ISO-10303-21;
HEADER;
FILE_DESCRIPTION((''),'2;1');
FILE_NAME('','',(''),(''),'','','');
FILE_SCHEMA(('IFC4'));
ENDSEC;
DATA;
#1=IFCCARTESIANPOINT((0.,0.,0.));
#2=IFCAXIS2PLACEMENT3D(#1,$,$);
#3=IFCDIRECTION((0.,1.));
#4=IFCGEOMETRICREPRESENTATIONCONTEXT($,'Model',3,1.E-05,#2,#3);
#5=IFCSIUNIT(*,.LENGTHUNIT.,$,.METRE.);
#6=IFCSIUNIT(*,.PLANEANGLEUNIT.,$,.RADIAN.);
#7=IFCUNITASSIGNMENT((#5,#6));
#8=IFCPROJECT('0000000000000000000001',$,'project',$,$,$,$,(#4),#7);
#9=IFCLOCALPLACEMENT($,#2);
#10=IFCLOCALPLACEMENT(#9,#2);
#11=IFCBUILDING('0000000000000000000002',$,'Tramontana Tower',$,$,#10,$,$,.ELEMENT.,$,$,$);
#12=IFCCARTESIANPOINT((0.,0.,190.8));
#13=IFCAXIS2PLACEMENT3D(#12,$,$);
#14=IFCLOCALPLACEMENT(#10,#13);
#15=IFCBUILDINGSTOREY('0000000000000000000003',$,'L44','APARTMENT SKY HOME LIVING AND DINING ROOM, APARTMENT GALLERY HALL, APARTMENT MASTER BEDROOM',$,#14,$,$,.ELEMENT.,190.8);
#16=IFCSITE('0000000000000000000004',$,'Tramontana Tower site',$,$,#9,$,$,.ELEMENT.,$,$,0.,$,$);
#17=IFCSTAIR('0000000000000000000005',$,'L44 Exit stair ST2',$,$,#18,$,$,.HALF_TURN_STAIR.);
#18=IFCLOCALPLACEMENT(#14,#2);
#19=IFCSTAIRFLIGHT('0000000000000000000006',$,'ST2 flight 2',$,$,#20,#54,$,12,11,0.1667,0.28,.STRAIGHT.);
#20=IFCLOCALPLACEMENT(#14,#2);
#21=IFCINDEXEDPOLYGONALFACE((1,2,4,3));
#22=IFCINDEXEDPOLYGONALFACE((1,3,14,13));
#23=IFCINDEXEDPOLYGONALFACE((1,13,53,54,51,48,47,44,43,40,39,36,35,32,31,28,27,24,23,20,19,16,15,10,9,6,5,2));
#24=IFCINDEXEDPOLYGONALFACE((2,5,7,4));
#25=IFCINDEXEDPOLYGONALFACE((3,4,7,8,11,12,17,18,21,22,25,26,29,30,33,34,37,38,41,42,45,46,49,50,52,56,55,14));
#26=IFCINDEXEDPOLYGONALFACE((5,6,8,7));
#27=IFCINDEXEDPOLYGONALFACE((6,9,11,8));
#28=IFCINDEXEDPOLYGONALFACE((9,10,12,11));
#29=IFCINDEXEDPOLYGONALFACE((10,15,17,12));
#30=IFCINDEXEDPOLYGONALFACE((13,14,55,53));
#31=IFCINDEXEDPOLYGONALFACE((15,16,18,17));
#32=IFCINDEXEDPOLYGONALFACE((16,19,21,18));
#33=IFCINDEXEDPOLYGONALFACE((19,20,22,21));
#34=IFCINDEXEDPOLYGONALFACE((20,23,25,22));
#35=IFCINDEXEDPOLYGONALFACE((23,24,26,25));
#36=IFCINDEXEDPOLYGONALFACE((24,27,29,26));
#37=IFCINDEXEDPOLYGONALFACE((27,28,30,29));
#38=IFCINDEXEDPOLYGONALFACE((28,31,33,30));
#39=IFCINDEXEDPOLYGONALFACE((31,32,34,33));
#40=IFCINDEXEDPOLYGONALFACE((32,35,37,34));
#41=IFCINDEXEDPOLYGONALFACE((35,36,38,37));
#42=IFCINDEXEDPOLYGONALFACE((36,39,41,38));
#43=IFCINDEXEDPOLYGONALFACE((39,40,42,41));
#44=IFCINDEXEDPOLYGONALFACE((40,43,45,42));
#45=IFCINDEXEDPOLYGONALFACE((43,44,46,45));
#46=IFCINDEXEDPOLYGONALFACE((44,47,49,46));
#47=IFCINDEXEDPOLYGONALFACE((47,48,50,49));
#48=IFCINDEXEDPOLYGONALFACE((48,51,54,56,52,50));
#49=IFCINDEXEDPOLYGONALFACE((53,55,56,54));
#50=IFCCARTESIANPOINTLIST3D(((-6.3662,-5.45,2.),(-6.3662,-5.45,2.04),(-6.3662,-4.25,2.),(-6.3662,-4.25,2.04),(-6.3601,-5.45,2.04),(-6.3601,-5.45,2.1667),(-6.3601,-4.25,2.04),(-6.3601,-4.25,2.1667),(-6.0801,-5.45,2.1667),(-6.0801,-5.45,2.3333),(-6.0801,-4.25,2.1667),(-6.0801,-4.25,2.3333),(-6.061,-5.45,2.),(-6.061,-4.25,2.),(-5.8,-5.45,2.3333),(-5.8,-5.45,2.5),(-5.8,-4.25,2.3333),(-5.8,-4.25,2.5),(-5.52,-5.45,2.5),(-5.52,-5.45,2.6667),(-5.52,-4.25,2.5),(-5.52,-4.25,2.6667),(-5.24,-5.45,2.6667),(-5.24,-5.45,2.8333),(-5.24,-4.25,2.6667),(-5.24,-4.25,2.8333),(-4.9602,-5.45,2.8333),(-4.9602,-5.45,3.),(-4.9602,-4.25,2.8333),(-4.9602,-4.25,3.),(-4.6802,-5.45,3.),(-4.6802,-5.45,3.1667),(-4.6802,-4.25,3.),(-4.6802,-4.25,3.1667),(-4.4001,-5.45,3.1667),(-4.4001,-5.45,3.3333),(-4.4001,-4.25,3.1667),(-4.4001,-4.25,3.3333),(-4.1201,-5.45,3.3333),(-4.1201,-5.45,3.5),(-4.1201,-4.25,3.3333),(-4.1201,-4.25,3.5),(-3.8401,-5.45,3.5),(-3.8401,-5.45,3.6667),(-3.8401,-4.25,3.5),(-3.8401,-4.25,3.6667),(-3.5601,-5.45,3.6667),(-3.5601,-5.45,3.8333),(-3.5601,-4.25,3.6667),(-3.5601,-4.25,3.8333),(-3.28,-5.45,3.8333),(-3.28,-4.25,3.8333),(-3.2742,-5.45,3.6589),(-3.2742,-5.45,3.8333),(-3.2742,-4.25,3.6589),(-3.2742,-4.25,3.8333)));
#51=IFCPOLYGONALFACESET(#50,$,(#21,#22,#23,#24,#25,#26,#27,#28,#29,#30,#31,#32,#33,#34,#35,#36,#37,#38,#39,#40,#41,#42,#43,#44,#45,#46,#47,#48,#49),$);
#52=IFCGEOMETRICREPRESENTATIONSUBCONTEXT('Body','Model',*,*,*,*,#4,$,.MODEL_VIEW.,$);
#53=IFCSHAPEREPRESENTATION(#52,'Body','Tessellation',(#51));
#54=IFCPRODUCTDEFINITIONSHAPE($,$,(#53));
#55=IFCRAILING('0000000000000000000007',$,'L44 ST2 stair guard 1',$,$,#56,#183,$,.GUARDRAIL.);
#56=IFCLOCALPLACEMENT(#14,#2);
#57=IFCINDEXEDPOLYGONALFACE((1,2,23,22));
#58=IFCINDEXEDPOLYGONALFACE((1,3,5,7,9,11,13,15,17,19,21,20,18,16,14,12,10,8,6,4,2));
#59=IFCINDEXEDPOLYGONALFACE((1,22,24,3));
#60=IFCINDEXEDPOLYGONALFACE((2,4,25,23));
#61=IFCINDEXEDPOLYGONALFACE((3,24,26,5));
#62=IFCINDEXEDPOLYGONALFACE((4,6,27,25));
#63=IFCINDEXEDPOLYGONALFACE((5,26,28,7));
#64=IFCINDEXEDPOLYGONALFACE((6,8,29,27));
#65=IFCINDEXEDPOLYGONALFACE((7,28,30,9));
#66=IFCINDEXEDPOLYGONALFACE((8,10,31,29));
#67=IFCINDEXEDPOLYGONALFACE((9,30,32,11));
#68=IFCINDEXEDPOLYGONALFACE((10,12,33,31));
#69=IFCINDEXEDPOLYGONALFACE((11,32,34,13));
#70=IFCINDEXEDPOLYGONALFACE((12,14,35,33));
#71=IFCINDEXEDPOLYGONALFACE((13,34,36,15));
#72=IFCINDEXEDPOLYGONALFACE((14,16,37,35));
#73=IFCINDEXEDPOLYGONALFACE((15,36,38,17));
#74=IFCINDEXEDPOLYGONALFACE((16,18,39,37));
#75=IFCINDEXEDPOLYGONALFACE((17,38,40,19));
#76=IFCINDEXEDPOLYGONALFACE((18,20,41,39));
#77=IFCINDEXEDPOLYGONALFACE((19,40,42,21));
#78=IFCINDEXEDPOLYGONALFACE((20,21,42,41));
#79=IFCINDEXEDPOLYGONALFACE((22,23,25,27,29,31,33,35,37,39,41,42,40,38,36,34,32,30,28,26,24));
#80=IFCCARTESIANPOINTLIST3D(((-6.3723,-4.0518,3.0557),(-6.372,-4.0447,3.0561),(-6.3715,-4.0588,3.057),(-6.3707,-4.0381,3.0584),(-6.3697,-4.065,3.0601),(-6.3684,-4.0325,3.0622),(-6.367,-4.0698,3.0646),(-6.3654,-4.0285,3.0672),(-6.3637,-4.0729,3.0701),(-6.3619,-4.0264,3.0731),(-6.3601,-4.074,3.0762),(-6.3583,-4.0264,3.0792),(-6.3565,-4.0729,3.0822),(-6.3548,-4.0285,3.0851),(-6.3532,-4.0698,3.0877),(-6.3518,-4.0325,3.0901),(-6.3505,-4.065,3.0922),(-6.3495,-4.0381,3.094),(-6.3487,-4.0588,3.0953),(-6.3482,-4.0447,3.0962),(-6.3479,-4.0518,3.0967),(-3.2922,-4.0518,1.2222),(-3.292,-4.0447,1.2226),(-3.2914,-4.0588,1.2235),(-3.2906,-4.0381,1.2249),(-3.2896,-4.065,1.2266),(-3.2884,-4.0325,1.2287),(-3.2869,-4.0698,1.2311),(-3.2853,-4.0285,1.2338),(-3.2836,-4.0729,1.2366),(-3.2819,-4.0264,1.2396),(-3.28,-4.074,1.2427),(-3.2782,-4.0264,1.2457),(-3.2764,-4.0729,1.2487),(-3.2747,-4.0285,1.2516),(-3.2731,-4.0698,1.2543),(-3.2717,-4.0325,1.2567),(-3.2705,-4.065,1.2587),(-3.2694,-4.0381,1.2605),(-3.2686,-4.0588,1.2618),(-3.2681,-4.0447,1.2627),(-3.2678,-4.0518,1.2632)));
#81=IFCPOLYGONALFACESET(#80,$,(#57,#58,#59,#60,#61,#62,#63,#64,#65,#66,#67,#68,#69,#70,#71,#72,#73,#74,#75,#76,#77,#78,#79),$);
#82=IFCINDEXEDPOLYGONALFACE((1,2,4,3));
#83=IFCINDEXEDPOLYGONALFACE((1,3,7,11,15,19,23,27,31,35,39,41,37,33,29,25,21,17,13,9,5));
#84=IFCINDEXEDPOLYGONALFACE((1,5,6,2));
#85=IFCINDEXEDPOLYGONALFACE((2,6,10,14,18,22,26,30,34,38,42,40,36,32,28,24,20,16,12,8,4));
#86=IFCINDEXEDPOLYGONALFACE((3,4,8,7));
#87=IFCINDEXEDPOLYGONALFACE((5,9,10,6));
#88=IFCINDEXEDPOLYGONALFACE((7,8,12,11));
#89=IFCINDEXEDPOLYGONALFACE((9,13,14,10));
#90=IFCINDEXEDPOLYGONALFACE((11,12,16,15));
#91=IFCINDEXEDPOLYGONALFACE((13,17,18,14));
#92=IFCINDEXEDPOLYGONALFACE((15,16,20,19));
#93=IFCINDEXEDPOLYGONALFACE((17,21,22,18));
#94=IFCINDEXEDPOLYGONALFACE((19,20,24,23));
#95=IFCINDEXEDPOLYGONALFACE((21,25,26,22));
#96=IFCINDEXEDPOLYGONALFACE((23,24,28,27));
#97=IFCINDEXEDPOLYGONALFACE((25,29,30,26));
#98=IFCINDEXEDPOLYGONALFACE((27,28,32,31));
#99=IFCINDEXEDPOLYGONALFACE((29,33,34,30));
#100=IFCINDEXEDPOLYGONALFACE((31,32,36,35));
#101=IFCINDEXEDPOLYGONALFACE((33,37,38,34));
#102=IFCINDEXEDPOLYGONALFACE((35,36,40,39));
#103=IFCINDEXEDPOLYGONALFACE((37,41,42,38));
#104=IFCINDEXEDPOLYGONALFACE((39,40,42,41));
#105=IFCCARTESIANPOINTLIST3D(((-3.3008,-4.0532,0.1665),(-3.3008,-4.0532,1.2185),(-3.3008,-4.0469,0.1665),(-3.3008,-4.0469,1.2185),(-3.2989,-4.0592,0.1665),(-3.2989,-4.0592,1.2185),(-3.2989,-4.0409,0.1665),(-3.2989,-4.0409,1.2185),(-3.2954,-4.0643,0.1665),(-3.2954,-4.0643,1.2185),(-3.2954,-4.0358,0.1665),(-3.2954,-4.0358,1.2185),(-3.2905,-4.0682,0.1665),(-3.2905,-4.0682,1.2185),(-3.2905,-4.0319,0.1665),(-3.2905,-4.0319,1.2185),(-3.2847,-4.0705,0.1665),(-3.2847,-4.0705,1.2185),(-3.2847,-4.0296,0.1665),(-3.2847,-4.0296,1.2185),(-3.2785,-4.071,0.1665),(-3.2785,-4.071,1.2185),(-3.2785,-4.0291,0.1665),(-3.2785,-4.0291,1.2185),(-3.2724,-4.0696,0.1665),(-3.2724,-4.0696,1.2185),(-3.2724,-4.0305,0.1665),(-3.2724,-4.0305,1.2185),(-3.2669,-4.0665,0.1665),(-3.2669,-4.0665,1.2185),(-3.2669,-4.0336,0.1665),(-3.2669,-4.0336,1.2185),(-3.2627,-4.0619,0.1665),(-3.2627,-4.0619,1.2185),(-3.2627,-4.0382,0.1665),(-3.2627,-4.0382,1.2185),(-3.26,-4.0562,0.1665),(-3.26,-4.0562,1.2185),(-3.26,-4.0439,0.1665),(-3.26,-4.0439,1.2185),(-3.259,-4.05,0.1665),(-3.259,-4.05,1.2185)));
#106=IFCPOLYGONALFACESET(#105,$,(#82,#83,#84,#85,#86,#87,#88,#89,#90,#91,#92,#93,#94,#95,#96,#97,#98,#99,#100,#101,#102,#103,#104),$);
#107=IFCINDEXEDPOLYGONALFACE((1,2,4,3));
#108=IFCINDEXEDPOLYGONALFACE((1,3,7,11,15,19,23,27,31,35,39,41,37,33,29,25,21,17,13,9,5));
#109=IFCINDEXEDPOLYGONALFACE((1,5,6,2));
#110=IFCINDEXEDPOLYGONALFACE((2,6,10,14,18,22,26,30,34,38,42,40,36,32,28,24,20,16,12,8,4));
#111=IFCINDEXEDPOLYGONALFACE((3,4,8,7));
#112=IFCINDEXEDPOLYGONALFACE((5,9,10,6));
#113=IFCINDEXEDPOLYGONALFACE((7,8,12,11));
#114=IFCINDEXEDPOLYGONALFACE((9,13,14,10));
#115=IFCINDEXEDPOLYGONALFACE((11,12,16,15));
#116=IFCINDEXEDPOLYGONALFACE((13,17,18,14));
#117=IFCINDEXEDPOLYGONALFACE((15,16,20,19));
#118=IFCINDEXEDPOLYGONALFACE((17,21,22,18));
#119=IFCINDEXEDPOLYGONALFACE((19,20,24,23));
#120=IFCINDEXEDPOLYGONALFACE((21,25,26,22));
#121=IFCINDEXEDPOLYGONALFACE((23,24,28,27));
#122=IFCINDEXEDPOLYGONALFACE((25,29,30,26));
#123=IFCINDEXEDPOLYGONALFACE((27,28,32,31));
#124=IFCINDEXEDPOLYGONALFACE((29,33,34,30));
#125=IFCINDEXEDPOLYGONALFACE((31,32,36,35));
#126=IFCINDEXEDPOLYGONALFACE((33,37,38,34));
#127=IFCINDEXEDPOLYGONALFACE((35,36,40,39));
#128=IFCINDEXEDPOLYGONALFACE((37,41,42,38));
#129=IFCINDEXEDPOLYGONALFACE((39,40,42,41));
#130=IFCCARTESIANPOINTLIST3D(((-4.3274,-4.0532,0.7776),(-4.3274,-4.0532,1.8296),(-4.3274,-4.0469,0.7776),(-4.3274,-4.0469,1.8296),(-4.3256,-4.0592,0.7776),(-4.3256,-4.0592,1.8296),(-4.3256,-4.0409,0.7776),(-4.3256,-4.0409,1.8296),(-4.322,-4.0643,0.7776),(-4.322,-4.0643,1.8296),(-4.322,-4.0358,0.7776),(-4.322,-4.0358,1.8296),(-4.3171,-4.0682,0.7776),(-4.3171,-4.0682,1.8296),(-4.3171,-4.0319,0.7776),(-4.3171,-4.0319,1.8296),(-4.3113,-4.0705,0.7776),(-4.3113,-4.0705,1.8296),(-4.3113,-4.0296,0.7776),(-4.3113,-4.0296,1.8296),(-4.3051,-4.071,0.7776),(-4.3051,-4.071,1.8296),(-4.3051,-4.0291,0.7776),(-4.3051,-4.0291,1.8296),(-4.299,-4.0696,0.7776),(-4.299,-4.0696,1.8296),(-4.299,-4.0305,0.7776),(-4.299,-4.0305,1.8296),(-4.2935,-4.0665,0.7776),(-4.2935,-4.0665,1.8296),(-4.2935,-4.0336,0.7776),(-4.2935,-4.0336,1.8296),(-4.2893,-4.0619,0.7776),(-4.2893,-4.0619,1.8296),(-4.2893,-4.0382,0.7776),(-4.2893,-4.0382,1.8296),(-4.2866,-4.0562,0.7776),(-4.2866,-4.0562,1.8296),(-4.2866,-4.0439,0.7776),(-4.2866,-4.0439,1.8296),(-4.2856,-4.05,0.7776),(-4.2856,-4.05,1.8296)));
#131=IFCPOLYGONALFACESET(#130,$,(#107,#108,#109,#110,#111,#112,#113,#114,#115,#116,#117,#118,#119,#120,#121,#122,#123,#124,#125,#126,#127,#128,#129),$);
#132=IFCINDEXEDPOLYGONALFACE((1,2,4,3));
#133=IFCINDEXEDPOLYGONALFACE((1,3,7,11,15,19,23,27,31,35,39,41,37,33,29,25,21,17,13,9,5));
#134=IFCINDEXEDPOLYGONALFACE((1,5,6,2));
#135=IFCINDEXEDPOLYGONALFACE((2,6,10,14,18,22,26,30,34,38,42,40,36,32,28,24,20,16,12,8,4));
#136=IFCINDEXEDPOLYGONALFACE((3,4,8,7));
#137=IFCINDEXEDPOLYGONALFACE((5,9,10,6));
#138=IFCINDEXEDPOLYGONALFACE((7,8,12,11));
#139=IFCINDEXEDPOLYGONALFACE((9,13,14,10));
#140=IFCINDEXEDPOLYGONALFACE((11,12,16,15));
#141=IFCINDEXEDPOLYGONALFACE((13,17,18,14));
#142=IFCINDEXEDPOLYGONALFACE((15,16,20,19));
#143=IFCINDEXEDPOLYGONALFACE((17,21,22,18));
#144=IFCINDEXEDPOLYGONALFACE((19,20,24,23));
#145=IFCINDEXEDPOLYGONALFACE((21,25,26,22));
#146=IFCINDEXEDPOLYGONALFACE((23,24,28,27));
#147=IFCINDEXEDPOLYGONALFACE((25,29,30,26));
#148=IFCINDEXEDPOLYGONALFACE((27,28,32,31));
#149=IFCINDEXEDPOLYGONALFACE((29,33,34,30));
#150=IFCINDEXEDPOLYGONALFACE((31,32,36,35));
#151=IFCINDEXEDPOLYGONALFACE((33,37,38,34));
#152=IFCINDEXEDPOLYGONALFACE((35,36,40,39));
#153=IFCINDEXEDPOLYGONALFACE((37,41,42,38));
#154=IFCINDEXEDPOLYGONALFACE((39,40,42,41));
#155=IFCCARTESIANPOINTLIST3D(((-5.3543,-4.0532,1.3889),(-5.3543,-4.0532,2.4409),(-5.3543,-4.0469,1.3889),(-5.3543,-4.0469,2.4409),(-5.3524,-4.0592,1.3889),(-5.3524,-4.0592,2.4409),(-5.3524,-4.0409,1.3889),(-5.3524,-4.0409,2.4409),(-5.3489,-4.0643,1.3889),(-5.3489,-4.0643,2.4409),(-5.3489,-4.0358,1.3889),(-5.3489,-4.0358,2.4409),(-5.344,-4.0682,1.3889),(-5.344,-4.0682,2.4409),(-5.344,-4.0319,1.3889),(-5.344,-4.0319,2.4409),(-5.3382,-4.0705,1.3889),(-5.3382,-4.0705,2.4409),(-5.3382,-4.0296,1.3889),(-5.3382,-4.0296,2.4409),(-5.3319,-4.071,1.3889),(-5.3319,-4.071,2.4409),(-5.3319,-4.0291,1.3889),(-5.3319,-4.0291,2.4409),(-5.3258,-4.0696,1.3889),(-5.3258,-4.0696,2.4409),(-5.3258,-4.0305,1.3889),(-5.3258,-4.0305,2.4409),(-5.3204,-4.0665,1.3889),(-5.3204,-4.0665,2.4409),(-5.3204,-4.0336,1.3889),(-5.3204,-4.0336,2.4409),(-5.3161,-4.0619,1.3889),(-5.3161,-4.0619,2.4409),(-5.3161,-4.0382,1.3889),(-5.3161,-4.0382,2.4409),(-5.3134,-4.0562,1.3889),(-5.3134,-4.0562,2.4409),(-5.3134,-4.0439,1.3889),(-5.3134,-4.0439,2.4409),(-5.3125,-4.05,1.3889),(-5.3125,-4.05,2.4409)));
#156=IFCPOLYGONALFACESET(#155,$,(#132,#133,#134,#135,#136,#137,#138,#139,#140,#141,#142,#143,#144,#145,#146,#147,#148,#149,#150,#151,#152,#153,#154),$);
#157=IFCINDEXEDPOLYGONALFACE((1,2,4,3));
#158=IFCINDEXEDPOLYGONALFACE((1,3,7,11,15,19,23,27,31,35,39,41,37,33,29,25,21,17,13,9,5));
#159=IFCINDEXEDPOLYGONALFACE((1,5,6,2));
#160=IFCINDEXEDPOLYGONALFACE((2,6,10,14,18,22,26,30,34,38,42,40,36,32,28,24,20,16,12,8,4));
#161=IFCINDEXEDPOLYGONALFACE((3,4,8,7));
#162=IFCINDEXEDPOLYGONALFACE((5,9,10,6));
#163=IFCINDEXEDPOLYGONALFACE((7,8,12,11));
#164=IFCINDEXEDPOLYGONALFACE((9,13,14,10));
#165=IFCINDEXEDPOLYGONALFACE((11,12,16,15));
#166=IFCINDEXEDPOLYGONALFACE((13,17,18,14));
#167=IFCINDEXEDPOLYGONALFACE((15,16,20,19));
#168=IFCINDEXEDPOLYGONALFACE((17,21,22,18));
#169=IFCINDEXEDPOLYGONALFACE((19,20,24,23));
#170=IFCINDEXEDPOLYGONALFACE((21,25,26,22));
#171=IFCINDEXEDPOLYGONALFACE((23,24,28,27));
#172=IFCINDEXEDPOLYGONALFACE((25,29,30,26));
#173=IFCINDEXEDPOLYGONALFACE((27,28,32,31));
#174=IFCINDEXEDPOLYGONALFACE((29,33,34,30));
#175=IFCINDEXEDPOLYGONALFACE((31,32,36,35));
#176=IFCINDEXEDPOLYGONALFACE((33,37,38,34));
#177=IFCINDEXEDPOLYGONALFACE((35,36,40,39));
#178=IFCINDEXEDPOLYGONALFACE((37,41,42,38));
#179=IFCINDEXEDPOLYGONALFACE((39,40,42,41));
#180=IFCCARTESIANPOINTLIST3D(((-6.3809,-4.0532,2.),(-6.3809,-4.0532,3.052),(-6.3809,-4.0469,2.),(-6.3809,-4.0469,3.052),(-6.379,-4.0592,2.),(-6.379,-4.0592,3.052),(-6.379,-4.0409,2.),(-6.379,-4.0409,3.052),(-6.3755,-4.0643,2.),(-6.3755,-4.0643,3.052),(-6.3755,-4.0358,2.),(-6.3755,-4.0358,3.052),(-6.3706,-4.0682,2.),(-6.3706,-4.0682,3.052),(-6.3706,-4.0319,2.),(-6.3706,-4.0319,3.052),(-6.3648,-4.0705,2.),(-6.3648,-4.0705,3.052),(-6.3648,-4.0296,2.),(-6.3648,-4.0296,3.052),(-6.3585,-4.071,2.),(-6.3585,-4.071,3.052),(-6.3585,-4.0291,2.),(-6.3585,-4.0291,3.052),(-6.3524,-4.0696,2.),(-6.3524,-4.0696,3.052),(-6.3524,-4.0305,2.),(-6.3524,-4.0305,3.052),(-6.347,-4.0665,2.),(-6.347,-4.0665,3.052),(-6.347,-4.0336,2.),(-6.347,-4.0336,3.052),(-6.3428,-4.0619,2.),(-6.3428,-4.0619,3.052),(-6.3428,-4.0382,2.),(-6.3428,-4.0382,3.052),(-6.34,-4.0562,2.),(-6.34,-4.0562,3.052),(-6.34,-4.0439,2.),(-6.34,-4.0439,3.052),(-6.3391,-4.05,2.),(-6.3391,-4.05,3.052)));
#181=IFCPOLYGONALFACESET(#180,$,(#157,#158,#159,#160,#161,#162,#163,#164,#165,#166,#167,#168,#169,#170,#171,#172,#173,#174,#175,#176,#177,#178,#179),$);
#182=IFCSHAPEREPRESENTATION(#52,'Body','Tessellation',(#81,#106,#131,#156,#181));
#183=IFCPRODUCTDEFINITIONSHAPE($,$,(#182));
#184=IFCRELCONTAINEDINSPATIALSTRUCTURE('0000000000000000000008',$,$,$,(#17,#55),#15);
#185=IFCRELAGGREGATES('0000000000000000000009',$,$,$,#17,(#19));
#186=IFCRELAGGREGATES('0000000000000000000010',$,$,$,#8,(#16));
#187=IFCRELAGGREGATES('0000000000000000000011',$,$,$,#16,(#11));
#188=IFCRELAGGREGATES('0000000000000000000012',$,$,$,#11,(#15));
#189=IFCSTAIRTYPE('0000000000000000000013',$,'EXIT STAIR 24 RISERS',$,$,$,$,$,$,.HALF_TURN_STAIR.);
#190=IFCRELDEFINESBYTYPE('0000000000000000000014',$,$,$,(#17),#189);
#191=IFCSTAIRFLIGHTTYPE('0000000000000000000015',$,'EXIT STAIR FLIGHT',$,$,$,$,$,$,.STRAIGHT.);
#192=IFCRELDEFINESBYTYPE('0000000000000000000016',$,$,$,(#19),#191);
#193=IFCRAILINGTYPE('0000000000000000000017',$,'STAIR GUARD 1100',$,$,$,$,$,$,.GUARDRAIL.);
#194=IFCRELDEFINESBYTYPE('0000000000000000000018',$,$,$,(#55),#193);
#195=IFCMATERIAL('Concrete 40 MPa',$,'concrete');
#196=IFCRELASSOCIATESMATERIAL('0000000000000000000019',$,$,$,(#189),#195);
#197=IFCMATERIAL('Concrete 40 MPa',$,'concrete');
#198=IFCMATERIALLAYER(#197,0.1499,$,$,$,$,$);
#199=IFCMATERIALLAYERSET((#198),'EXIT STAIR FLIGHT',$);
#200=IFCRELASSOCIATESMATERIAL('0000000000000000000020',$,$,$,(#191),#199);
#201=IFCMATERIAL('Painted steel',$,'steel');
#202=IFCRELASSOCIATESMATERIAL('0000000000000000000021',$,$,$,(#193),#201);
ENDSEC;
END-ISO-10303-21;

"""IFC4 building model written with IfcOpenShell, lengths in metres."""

from ifc_helpers import new_model, si_unit, direction, frame, origin, origin_2d, place, context, subcontext, project, spatial, polyline, circle, outline, extrude, material, layer, layer_set, type_object, element, aggregate, save


model = new_model("IFC4")

# Units and contexts
model_context = context("Model", 3, precision=1e-05, world=origin(), true_north=direction((0.0, 1.0)))
body_context = subcontext(model_context, "Body", "Model", "MODEL_VIEW")
ifc_project = project(units=[si_unit("LENGTHUNIT", "METRE"), si_unit("PLANEANGLEUNIT", "RADIAN")], contexts=[model_context])

# Site, building, storey
site_placement = place(None, origin())
site = spatial("IfcSite", under=ifc_project, at=site_placement, Name="Tramontana Tower site", CompositionType="ELEMENT", RefElevation=0.0)
building_placement = place(site_placement, origin())
building = spatial("IfcBuilding", under=site, at=building_placement, Name="Tramontana Tower", CompositionType="ELEMENT")
storey_placement = place(building_placement, frame((0.0, 0.0, 190.8)))
storey = spatial("IfcBuildingStorey", under=building, at=storey_placement, Name="L44", Description="APARTMENT SKY HOME LIVING AND DINING ROOM, APARTMENT GALLERY HALL, APARTMENT MASTER BEDROOM", CompositionType="ELEMENT", Elevation=190.8)

# Stair, stair flight
ifc_material_1 = material(Name="Concrete 40 MPa", Category="concrete")
stair_type = type_object("IfcStairType", Name="EXIT STAIR 24 RISERS", PredefinedType="HALF_TURN_STAIR", material=ifc_material_1)
stair_placement = place(storey_placement, origin())
stair = element("IfcStair", 1, at=stair_placement, inside=storey, type_object=stair_type, Name="L44 Exit stair ST2", PredefinedType="HALF_TURN_STAIR")
ifc_material_2 = material(Name="Concrete 40 MPa", Category="concrete")
ifc_layer_1 = layer(ifc_material_2, 0.1499)
ifc_layer_set_1 = layer_set([ifc_layer_1], Name="EXIT STAIR FLIGHT")
stair_flight_type = type_object("IfcStairFlightType", Name="EXIT STAIR FLIGHT", PredefinedType="STRAIGHT", material=ifc_layer_set_1)
stair_flight_1_placement = place(storey_placement, frame((-6.3601, -4.8501, 2.0), z_axis=(0.0, 0.0, 1.0), x_axis=(1.0, 0.0, 0.0)))
stair_flight_1 = element("IfcStairFlight", 2, at=stair_flight_1_placement, type_object=stair_flight_type, Name="ST2 flight 2", NumberOfRisers=12, NumberOfTreads=11, PredefinedType="STRAIGHT", RiserHeight=0.1667, TreadLength=0.28, context=body_context, shape_type="SweptSolid", body=[
    extrude(outline(polyline([(-0.0061, 0.0), (-0.0061, 0.04), (0.0, 0.04), (0.0, 0.1667), (0.28, 0.1667), (0.28, 0.3333), (0.5601, 0.3333), (0.5601, 0.5), (0.8401, 0.5), (0.8401, 0.6667), (1.1201, 0.6667), (1.1201, 0.8333), (1.3999, 0.8333), (1.3999, 1.0), (1.6799, 1.0), (1.6799, 1.1667), (1.96, 1.1667), (1.96, 1.3333), (2.24, 1.3333), (2.24, 1.5), (2.52, 1.5), (2.52, 1.6667), (2.8, 1.6667), (2.8, 1.8333), (3.0801, 1.8333), (3.0859, 1.8333), (3.0859, 1.6589), (0.2991, 0.0), (-0.0061, 0.0)])), frame((0.0, 0.6001, 0.0), z_axis=(0.0, -1.0, 0.0), x_axis=(1.0, 0.0, 0.0)), (0.0, 0.0, 1.0), 1.2),
])
aggregate(stair, [stair_flight_1])

# Railing
ifc_material_3 = material(Name="Painted steel", Category="steel")
railing_type_1 = type_object("IfcRailingType", Name="STAIR GUARD 1100", PredefinedType="GUARDRAIL", material=ifc_material_3)
railing_1_placement = place(storey_placement, frame((-3.28, -4.05, 0.1665)))
element("IfcRailing", 3, at=railing_1_placement, inside=storey, type_object=railing_type_1, Name="L44 ST2 stair guard 1", PredefinedType="GUARDRAIL", context=body_context, shape_type="SweptSolid", body=[
    extrude(circle(Radius=0.0239, at=origin_2d()), frame((0.0, 0.0, 1.0762), z_axis=(-0.859279, 0.0, 0.511508), x_axis=(0.0, -1.0, 0.0)), (0.0, 0.0, 1.0), 3.5845),
    extrude(circle(Radius=0.021, at=origin_2d()), origin(), (0.0, 0.0, 1.0), 1.052),
    extrude(circle(Radius=0.021, at=origin_2d()), frame((-1.0266, 0.0, 0.6111)), (0.0, 0.0, 1.0), 1.052),
    extrude(circle(Radius=0.021, at=origin_2d()), frame((-2.0535, 0.0, 1.2224)), (0.0, 0.0, 1.0), 1.052),
    extrude(circle(Radius=0.021, at=origin_2d()), frame((-3.0801, 0.0, 1.8335)), (0.0, 0.0, 1.0), 1.052),
])

save(model, "model.ifc")
